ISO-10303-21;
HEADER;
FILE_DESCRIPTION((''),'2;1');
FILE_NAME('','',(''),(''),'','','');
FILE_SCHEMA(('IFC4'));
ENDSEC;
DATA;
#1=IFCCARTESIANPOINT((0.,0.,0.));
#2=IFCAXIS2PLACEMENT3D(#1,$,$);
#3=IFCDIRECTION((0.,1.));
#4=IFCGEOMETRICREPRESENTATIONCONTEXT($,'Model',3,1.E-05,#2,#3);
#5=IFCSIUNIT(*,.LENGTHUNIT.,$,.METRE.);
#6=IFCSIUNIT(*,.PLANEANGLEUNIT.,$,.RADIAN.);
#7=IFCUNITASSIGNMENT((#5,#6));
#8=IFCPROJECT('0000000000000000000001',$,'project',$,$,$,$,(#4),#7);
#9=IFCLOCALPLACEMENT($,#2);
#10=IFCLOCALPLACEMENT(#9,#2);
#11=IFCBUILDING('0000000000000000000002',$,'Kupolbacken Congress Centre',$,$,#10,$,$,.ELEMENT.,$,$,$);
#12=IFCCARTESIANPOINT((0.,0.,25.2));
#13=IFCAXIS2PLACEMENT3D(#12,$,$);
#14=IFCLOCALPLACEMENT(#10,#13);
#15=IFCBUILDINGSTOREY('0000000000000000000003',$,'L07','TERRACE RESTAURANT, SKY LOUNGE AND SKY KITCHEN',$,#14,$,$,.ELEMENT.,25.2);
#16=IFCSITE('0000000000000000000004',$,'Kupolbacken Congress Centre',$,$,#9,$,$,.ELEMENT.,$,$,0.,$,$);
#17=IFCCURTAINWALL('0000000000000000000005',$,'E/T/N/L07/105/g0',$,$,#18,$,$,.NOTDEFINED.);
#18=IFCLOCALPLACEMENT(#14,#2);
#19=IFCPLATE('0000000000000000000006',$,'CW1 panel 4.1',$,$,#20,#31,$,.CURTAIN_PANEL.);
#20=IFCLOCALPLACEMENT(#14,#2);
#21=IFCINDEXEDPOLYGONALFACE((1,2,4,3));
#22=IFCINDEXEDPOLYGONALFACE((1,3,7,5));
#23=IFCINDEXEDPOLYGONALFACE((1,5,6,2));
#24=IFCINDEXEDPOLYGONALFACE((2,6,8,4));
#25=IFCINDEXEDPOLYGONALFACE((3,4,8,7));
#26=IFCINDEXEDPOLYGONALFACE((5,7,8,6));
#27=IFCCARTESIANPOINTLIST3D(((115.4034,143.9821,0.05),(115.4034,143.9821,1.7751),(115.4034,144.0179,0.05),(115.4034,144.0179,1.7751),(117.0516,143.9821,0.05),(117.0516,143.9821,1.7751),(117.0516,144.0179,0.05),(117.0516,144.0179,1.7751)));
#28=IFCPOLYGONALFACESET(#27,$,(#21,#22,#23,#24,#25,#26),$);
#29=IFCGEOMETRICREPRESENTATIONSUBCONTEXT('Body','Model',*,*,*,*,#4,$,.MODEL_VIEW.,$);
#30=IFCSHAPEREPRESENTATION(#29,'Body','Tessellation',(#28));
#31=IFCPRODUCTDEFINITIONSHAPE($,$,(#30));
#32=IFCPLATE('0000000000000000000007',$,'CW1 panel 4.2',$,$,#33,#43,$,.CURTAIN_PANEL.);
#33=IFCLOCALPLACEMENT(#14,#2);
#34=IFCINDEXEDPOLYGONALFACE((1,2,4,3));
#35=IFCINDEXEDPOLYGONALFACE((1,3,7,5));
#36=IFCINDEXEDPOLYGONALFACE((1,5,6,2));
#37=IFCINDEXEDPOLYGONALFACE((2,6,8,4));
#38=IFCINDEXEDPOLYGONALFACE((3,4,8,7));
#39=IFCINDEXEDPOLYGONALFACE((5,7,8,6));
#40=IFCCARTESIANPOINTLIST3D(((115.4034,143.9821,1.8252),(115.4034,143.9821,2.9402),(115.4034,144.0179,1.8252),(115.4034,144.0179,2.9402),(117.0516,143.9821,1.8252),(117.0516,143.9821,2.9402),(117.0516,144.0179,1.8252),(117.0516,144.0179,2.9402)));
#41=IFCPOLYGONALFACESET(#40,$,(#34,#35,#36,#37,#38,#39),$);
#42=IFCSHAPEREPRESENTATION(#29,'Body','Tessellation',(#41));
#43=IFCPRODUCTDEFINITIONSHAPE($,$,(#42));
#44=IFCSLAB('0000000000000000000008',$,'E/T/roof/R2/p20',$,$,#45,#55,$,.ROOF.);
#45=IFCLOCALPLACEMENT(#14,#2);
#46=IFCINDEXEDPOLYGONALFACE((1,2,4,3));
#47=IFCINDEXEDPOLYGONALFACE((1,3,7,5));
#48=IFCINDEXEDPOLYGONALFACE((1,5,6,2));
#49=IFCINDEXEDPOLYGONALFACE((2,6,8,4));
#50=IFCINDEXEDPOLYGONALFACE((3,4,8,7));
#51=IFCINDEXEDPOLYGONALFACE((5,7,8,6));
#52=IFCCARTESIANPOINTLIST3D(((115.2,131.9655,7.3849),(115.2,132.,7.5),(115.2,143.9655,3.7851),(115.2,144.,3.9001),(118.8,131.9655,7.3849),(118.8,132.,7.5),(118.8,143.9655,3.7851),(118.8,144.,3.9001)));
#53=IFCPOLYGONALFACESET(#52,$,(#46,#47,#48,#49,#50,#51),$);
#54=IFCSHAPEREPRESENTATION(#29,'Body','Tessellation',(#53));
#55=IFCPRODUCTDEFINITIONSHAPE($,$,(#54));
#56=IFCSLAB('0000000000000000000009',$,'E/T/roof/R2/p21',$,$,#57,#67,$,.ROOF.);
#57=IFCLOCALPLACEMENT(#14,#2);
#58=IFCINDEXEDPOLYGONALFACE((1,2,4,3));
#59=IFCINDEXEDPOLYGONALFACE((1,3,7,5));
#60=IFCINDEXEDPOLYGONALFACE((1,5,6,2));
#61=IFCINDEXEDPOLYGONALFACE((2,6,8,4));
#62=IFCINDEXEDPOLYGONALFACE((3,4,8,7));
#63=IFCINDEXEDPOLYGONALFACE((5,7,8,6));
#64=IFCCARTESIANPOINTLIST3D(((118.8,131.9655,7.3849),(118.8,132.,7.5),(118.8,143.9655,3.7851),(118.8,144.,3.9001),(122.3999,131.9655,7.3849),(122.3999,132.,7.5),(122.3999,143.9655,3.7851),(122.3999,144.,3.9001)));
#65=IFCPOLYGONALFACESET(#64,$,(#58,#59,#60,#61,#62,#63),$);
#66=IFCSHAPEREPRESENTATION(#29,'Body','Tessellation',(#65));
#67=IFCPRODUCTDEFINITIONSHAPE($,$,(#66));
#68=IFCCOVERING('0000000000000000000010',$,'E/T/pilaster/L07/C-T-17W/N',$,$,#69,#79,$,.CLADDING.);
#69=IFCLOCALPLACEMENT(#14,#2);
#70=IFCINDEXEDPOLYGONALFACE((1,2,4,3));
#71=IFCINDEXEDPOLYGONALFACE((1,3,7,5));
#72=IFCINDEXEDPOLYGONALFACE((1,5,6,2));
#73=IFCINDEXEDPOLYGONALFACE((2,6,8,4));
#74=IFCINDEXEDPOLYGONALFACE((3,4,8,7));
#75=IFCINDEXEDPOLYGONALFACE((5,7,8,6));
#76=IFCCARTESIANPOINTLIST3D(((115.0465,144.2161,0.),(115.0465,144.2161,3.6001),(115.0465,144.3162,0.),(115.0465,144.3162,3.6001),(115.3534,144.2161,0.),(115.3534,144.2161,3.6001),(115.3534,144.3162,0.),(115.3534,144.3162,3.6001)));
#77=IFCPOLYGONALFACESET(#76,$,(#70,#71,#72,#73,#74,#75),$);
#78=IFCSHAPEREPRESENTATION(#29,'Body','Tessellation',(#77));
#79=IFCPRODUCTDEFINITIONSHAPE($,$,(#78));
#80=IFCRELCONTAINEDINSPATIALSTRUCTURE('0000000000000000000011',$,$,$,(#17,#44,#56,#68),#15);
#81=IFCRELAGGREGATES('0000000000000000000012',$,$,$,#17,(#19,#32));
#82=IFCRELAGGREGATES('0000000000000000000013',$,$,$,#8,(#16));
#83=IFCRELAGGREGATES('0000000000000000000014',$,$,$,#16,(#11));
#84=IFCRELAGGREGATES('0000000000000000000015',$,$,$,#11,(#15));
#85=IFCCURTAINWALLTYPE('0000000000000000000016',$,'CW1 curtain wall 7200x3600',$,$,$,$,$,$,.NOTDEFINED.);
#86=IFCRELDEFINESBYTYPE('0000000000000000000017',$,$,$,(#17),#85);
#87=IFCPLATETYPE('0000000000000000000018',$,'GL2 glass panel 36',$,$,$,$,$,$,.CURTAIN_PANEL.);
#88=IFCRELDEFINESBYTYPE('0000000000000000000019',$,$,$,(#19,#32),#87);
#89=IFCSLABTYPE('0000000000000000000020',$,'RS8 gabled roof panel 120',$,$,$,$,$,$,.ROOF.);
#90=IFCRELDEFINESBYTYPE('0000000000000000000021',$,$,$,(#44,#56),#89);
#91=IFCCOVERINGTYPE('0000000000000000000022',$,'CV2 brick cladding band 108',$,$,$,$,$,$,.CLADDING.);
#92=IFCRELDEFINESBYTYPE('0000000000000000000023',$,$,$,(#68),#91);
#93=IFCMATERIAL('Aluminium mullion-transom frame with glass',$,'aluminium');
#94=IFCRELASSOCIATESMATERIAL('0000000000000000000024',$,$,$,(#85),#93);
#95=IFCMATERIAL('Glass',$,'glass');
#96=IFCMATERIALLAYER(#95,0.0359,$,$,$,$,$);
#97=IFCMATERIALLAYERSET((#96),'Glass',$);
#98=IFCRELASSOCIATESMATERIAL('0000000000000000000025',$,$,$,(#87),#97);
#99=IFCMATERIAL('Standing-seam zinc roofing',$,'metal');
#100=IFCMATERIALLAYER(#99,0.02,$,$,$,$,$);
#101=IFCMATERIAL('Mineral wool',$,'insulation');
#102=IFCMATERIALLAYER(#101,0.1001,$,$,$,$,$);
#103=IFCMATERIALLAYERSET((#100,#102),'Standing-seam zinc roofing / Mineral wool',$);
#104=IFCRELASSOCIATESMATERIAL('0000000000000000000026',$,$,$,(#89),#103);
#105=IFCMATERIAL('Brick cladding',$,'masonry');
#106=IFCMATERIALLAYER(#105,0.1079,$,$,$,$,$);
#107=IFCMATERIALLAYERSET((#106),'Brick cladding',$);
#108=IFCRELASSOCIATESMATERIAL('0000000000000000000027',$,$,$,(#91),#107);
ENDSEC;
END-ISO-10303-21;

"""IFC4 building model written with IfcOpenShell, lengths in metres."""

from ifc_helpers import new_model, si_unit, direction, frame, origin, origin_2d, place, context, subcontext, project, spatial, polyline, rectangle, outline, extrude, material, layer, layer_set, type_object, element, aggregate, save


model = new_model("IFC4")

# Units and contexts
model_context = context("Model", 3, precision=1e-05, world=origin(), true_north=direction((0.0, 1.0)))
body_context = subcontext(model_context, "Body", "Model", "MODEL_VIEW")
ifc_project = project(units=[si_unit("LENGTHUNIT", "METRE"), si_unit("PLANEANGLEUNIT", "RADIAN")], contexts=[model_context])

# Site, building, storey
site_placement = place(None, origin())
site = spatial("IfcSite", under=ifc_project, at=site_placement, Name="Kupolbacken Congress Centre", CompositionType="ELEMENT", RefElevation=0.0)
building_placement = place(site_placement, origin())
building = spatial("IfcBuilding", under=site, at=building_placement, Name="Kupolbacken Congress Centre", CompositionType="ELEMENT")
storey_placement = place(building_placement, frame((0.0, 0.0, 25.2)))
storey = spatial("IfcBuildingStorey", under=building, at=storey_placement, Name="L07", Description="TERRACE RESTAURANT, SKY LOUNGE AND SKY KITCHEN", CompositionType="ELEMENT", Elevation=25.2)

# Curtain wall
ifc_material_1 = material(Name="Aluminium mullion-transom frame with glass", Category="aluminium")
curtain_wall_type = type_object("IfcCurtainWallType", Name="CW1 curtain wall 7200x3600", PredefinedType="NOTDEFINED", material=ifc_material_1)
curtain_wall_1_placement = place(storey_placement, origin())
curtain_wall_1 = element("IfcCurtainWall", 1, at=curtain_wall_1_placement, inside=storey, type_object=curtain_wall_type, Name="E/T/N/L07/105/g0", PredefinedType="NOTDEFINED")

# Plates
ifc_material_2 = material(Name="Glass", Category="glass")
ifc_layer_1 = layer(ifc_material_2, 0.0359)
ifc_layer_set_1 = layer_set([ifc_layer_1], Name="Glass")
plate_type = type_object("IfcPlateType", Name="GL2 glass panel 36", PredefinedType="CURTAIN_PANEL", material=ifc_layer_set_1)
plate_1_placement = place(storey_placement, frame((116.2275, 144.0, 0.05), z_axis=(0.0, 0.0, 1.0), x_axis=(-1.0, 0.0, 0.0)))
plate_1 = element("IfcPlate", 2, at=plate_1_placement, type_object=plate_type, Name="CW1 panel 4.1", PredefinedType="CURTAIN_PANEL", context=body_context, shape_type="SweptSolid", body=[
    extrude(rectangle(XDim=1.6482, YDim=0.0359, at=origin_2d()), origin(), (0.0, 0.0, 1.0), 1.7251),
])
plate_2_placement = place(storey_placement, frame((116.2275, 144.0, 1.8252), z_axis=(0.0, 0.0, 1.0), x_axis=(-1.0, 0.0, 0.0)))
plate_2 = element("IfcPlate", 3, at=plate_2_placement, type_object=plate_type, Name="CW1 panel 4.2", PredefinedType="CURTAIN_PANEL", context=body_context, shape_type="SweptSolid", body=[
    extrude(rectangle(XDim=1.6482, YDim=0.0359, at=origin_2d()), origin(), (0.0, 0.0, 1.0), 1.115),
])
aggregate(curtain_wall_1, [plate_1, plate_2])

# Slabs
ifc_material_3 = material(Name="Standing-seam zinc roofing", Category="metal")
ifc_layer_2 = layer(ifc_material_3, 0.02)
ifc_material_4 = material(Name="Mineral wool", Category="insulation")
ifc_layer_3 = layer(ifc_material_4, 0.1001)
ifc_layer_set_2 = layer_set([ifc_layer_2, ifc_layer_3], Name="Standing-seam zinc roofing / Mineral wool")
slab_type = type_object("IfcSlabType", Name="RS8 gabled roof panel 120", PredefinedType="ROOF", material=ifc_layer_set_2)
slab_1_placement = place(storey_placement, frame((115.2, 144.0, 3.9001), z_axis=(0.0, 0.287337, 0.95783), x_axis=(1.0, 0.0, 0.0)))
element("IfcSlab", 4, at=slab_1_placement, inside=storey, type_object=slab_type, Name="E/T/roof/R2/p20", PredefinedType="ROOF", context=body_context, shape_type="SweptSolid", body=[
    extrude(outline(polyline([(0.0, 0.0), (3.6001, 0.0), (3.6001, -12.5283), (0.0, -12.5283), (0.0, 0.0)])), origin(), (0.0, 0.0, -1.0), 0.1201),
])
slab_2_placement = place(storey_placement, frame((118.8, 144.0, 3.9001), z_axis=(0.0, 0.287337, 0.95783), x_axis=(1.0, 0.0, 0.0)))
element("IfcSlab", 5, at=slab_2_placement, inside=storey, type_object=slab_type, Name="E/T/roof/R2/p21", PredefinedType="ROOF", context=body_context, shape_type="SweptSolid", body=[
    extrude(outline(polyline([(0.0, 0.0), (3.5999, 0.0), (3.5999, -12.5283), (0.0, -12.5283), (0.0, 0.0)])), origin(), (0.0, 0.0, -1.0), 0.1201),
])

# Covering
ifc_material_5 = material(Name="Brick cladding", Category="masonry")
ifc_layer_4 = layer(ifc_material_5, 0.1079)
ifc_layer_set_3 = layer_set([ifc_layer_4], Name="Brick cladding")
covering_type = type_object("IfcCoveringType", Name="CV2 brick cladding band 108", PredefinedType="CLADDING", material=ifc_layer_set_3)
covering_placement = place(storey_placement, frame((115.2, 144.2661, 0.0), z_axis=(0.0, 0.0, 1.0), x_axis=(1.0, 0.0, 0.0)))
element("IfcCovering", 6, at=covering_placement, inside=storey, type_object=covering_type, Name="E/T/pilaster/L07/C-T-17W/N", PredefinedType="CLADDING", context=body_context, shape_type="SweptSolid", body=[
    extrude(rectangle(XDim=0.3069, YDim=0.1001, at=origin_2d()), origin(), (0.0, 0.0, 1.0), 3.6001),
])

save(model, "model.ifc")
